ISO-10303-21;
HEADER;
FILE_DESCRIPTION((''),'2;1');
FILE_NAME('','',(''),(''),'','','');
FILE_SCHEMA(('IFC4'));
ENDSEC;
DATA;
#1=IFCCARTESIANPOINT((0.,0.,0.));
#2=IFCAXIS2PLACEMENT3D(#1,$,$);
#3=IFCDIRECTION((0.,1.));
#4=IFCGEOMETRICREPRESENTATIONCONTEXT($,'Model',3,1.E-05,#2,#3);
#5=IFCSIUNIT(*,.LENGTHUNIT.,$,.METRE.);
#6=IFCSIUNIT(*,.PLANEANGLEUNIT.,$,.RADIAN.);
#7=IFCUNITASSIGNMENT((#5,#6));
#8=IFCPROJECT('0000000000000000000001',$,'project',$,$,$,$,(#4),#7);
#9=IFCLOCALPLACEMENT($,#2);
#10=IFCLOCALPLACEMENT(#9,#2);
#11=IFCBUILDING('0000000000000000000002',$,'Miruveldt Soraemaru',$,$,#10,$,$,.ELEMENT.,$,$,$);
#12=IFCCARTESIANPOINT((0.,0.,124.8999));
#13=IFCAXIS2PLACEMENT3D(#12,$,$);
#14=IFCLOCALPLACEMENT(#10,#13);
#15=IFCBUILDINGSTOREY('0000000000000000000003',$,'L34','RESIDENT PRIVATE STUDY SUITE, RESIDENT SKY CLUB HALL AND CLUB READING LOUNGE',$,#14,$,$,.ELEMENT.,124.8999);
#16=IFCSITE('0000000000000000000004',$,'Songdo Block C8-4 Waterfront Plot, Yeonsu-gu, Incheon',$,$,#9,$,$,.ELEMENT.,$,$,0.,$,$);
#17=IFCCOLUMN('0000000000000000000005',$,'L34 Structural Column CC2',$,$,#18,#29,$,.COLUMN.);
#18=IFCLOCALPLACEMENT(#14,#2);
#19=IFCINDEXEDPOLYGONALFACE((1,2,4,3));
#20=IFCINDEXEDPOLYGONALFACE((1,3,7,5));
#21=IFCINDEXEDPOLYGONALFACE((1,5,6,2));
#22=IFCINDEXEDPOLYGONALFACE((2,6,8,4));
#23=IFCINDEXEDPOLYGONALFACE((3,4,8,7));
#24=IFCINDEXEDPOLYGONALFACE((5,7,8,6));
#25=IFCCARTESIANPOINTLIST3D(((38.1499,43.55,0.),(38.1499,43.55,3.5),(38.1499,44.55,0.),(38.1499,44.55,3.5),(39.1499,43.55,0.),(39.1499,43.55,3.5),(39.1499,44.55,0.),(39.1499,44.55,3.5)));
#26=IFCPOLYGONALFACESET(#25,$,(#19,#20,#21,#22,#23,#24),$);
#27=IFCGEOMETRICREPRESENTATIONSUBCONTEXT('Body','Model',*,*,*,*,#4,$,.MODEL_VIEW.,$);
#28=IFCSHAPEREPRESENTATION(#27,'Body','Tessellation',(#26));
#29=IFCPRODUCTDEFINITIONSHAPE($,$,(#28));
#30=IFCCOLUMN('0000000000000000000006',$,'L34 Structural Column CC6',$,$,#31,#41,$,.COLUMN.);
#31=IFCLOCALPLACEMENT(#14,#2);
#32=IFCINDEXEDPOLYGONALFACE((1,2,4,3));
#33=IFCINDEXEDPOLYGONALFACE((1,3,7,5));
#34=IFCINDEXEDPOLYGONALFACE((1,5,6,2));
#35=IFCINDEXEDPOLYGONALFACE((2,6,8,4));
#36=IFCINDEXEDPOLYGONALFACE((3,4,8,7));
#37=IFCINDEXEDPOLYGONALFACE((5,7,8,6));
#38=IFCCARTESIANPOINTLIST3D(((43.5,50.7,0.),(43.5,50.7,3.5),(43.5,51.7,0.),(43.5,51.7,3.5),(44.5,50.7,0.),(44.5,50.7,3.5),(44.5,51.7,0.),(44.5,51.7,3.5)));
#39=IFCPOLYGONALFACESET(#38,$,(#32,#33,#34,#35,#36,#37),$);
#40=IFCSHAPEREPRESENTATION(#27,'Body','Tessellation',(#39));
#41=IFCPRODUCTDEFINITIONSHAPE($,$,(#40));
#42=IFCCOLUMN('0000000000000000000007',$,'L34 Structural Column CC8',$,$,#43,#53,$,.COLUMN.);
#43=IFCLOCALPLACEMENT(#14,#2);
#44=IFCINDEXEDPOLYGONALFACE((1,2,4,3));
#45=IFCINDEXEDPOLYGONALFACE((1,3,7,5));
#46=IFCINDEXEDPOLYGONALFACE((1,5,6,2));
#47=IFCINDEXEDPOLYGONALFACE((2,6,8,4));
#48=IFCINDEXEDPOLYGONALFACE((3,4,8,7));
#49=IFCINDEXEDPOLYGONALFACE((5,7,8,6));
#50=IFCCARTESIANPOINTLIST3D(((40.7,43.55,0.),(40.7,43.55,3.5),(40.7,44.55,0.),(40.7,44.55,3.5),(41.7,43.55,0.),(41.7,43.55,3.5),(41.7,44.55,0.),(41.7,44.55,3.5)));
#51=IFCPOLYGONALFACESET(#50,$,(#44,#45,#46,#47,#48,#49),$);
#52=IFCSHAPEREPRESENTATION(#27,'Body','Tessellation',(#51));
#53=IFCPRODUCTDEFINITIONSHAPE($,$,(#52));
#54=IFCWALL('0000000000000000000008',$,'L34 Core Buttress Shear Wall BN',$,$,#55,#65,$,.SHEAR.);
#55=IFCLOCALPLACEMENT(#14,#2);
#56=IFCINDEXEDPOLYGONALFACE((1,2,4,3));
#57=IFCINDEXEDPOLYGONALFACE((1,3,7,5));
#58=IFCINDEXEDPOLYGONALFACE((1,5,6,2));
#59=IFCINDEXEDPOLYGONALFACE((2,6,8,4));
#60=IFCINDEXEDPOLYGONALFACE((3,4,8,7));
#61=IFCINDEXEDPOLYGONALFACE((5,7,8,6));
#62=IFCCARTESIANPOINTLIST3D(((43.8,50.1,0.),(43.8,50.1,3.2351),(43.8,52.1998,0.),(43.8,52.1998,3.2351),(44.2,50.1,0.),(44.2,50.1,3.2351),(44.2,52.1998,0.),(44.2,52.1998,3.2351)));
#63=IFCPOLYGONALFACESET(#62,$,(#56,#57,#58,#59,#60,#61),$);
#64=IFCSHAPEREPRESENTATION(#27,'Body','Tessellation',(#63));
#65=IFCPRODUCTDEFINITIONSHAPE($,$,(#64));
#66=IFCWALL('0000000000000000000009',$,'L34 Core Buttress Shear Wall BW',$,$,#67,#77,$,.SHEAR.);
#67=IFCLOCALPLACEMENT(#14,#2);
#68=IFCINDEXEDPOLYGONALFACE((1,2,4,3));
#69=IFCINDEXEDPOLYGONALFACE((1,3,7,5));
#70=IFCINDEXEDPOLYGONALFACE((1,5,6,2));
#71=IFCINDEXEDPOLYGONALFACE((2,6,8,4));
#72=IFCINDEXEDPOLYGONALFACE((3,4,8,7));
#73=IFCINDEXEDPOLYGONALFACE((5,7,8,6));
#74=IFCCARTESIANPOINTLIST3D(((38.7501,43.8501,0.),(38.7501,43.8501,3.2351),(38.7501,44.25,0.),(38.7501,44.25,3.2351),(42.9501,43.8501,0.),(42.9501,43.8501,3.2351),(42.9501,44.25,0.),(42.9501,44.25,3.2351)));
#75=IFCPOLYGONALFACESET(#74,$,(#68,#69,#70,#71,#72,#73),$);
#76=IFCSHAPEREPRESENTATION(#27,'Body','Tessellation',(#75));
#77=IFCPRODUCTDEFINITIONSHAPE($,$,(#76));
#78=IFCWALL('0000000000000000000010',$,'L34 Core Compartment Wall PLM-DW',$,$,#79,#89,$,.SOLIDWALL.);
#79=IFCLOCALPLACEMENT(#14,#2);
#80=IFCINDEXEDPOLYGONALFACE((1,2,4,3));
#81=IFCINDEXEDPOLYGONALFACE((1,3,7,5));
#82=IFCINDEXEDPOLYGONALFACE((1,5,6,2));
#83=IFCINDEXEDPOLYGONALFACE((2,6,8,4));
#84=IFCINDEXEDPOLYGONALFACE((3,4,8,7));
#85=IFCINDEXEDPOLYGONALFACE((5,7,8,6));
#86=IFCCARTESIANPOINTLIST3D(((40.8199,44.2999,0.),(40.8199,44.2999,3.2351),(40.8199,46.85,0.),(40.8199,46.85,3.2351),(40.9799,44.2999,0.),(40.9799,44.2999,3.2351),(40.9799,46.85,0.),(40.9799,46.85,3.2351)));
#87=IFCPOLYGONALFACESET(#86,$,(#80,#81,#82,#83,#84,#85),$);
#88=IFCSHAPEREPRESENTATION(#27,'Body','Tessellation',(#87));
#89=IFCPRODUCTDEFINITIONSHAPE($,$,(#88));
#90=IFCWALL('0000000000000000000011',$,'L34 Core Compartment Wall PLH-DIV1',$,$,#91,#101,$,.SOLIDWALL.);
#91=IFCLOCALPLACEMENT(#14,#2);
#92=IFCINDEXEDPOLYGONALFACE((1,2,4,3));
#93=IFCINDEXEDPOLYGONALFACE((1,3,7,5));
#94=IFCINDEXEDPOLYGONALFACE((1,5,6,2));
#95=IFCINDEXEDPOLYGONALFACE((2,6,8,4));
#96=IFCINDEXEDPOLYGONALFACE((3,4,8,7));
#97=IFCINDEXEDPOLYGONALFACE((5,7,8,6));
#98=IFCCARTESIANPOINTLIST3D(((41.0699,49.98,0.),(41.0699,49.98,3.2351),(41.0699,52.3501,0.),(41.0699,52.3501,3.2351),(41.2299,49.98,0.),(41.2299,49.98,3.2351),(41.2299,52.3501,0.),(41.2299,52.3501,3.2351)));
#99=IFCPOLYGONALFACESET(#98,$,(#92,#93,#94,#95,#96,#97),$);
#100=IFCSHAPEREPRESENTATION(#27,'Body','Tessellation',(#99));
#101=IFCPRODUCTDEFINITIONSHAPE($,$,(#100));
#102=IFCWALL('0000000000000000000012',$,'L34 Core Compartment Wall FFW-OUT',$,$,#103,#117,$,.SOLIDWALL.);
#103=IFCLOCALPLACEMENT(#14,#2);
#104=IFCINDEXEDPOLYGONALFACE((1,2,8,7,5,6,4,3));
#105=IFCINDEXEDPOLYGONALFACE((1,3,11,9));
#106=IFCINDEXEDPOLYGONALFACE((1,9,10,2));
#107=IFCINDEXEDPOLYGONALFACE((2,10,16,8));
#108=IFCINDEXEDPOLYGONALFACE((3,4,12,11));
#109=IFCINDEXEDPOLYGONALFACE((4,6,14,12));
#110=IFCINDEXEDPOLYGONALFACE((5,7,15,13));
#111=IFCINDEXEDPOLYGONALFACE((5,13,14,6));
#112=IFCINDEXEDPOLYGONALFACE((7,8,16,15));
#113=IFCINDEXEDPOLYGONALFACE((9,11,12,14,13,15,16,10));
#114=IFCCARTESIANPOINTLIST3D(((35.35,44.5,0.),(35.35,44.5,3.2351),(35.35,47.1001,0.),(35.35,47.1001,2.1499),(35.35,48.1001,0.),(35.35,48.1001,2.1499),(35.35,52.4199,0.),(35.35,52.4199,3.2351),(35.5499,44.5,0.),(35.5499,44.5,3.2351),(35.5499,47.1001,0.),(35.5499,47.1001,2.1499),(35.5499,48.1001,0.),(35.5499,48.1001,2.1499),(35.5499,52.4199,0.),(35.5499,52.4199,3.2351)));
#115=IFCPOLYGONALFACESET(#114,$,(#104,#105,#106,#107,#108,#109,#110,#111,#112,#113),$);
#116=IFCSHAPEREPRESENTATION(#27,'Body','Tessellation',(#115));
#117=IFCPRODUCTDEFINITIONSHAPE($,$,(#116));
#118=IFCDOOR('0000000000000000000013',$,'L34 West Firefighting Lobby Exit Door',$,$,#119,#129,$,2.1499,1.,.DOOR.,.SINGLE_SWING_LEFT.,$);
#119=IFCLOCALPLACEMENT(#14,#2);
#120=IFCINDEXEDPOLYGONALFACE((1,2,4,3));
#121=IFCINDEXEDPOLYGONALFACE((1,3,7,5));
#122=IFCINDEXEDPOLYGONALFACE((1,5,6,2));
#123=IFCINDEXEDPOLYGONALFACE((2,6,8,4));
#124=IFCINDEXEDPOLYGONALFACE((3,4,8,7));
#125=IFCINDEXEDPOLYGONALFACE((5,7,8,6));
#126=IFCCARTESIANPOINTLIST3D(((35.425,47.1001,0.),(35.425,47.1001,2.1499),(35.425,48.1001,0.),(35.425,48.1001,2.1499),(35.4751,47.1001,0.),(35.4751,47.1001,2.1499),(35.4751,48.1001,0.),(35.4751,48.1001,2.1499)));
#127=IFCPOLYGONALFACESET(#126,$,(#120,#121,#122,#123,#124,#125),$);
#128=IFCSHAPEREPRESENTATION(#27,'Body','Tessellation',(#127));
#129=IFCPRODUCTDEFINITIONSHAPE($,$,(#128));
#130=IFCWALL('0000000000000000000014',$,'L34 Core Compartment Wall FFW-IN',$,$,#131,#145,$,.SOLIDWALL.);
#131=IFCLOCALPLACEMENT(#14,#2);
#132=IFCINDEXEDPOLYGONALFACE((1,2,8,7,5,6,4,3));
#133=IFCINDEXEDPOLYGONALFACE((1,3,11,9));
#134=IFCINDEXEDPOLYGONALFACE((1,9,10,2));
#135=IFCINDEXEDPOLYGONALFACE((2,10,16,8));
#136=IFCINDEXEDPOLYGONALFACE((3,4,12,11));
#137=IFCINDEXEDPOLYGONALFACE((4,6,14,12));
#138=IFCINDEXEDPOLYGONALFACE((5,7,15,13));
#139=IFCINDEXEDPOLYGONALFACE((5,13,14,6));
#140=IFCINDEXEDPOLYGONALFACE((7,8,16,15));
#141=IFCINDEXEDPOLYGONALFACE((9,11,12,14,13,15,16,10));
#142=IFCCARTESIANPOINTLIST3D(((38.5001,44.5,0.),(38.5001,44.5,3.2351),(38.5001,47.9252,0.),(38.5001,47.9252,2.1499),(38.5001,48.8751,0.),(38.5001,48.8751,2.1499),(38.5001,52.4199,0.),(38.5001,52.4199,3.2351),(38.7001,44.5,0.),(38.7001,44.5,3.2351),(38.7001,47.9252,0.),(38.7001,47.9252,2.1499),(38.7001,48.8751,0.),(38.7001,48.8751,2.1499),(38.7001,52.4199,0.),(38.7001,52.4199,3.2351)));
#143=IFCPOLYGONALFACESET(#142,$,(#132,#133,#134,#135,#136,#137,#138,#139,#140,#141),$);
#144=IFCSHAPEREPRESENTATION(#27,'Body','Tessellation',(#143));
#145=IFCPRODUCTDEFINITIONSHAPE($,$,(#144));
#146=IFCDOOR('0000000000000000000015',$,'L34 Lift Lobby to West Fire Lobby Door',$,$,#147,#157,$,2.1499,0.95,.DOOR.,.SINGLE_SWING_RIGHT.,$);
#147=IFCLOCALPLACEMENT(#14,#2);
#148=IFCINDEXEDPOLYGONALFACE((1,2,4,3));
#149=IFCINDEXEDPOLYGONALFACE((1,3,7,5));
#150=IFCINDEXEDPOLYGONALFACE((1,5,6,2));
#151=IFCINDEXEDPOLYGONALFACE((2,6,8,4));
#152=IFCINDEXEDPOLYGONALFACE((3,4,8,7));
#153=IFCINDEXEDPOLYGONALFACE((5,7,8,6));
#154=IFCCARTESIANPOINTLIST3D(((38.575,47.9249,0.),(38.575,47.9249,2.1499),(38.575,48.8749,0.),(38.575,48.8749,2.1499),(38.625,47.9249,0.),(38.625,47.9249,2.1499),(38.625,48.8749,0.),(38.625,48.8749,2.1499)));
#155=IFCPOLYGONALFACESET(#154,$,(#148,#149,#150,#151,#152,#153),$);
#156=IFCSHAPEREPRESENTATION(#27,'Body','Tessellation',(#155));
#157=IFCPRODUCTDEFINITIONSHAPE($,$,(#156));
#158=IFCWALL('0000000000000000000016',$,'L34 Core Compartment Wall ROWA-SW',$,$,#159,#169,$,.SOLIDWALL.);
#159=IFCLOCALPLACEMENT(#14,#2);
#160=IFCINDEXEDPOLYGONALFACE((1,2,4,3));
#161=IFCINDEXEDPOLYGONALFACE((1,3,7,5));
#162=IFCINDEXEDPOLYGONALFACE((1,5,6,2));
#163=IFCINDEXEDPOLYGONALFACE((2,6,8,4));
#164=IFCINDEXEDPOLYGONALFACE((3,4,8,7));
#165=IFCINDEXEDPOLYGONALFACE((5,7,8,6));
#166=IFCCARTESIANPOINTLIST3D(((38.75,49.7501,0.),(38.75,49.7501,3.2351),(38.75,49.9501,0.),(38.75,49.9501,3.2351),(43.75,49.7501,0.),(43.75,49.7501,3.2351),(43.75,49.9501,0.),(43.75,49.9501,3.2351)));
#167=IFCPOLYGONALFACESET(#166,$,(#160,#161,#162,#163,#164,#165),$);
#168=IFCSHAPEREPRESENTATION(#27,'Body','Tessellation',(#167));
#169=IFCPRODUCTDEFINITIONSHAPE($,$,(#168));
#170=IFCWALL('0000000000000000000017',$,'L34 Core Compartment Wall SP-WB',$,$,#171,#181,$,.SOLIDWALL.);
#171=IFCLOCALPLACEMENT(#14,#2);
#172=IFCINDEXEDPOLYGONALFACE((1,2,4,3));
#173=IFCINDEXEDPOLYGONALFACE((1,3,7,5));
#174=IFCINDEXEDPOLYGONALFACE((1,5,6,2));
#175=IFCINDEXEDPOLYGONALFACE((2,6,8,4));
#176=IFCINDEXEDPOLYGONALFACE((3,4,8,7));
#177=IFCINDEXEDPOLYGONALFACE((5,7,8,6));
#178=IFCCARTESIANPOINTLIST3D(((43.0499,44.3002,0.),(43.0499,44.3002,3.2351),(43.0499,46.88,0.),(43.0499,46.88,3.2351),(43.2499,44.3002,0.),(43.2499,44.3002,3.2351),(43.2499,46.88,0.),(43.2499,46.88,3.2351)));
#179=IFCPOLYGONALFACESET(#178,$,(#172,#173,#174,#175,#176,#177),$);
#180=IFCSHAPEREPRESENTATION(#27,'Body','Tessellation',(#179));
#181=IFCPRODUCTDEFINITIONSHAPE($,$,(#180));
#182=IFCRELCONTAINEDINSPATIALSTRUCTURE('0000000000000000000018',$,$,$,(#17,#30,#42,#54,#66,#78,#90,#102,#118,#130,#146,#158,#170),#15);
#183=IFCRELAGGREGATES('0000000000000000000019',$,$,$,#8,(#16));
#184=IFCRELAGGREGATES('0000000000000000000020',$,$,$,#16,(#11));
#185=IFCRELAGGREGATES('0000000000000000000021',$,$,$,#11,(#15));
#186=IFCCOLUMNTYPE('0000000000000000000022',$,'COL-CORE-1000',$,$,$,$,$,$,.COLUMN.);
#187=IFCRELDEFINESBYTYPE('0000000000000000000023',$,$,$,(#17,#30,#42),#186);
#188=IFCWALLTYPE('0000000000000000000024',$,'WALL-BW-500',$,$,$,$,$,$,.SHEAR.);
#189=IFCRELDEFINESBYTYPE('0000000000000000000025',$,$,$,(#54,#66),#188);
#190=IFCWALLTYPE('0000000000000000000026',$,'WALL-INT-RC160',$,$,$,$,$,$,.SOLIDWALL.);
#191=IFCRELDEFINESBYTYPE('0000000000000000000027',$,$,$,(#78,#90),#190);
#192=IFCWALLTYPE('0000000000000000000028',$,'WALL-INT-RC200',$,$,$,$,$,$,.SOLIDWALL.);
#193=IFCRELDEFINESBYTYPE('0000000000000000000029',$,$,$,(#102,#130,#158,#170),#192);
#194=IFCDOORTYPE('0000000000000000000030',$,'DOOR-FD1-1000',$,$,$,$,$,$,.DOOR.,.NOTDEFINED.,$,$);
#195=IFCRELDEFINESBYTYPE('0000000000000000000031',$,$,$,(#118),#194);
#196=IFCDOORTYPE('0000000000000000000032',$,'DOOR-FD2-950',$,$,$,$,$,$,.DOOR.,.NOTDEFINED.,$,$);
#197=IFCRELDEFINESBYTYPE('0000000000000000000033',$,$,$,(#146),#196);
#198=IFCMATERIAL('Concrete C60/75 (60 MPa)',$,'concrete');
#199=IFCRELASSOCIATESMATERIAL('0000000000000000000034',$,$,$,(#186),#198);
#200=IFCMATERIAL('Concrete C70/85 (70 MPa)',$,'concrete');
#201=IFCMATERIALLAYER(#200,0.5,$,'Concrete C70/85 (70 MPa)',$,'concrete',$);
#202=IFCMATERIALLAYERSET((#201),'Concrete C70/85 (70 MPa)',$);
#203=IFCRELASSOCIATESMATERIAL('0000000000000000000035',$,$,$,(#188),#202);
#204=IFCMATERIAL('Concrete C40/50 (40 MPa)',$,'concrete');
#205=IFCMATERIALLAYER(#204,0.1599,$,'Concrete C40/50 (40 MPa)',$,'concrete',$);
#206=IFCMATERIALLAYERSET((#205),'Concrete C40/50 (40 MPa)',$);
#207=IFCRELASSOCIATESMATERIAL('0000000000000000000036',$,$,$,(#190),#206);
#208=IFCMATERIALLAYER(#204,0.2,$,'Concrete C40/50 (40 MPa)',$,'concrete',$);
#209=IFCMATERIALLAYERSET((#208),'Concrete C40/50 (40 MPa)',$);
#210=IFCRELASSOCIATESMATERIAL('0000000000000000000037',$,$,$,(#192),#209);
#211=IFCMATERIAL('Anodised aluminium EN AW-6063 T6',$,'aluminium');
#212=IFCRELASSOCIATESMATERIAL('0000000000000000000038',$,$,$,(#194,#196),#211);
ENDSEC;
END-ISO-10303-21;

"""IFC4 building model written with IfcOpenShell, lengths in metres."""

from ifc_helpers import new_model, si_unit, direction, frame, frame_2d, origin, origin_2d, place, context, subcontext, project, spatial, rectangle, extrude, material, layer, layer_set, material_profile, profile_set, type_object, element, fill, save


model = new_model("IFC4")

# Units and contexts
model_context = context("Model", 3, precision=1e-05, world=origin(), true_north=direction((0.0, 1.0)))
body_context = subcontext(model_context, "Body", "Model", "MODEL_VIEW")
ifc_project = project(units=[si_unit("LENGTHUNIT", "METRE"), si_unit("PLANEANGLEUNIT", "RADIAN")], contexts=[model_context])

# Site, building, storey
site_placement = place(None, origin())
site = spatial("IfcSite", under=ifc_project, at=site_placement, Name="Songdo Block C8-4 Waterfront Plot, Yeonsu-gu, Incheon", CompositionType="ELEMENT", RefElevation=0.0)
building_placement = place(site_placement, origin())
building = spatial("IfcBuilding", under=site, at=building_placement, Name="Miruveldt Soraemaru", CompositionType="ELEMENT")
storey_placement = place(building_placement, frame((0.0, 0.0, 124.8999)))
storey = spatial("IfcBuildingStorey", under=building, at=storey_placement, Name="L34", Description="RESIDENT PRIVATE STUDY SUITE, RESIDENT SKY CLUB HALL AND CLUB READING LOUNGE", CompositionType="ELEMENT", Elevation=124.8999)

# Columns
ifc_material_1 = material(Name="Concrete C60/75 (60 MPa)", Category="concrete")
ifc_material_profile = material_profile(ifc_material_1, rectangle(XDim=1.0, YDim=1.0, at=origin_2d()), Name="Concrete C60/75 (60 MPa)", Category="concrete")
ifc_profile_set = profile_set([ifc_material_profile], Name="Concrete C60/75 (60 MPa)")
column_type = type_object("IfcColumnType", Name="COL-CORE-1000", PredefinedType="COLUMN", material=ifc_profile_set)
for number, where, z_axis, x_axis, name in (
    (1, (38.6499, 44.05, 0.0), (0.0, 0.0, 1.0), (1.0, 0.0, 0.0), "L34 Structural Column CC2"),
    (2, (44.0, 51.2, 0.0), (0.0, 0.0, 1.0), (1.0, 0.0, 0.0), "L34 Structural Column CC6"),
    (3, (41.2, 44.05, 0.0), (0.0, 0.0, 1.0), (1.0, 0.0, 0.0), "L34 Structural Column CC8"),
):
    element("IfcColumn", number, at=place(storey_placement, frame(where, z_axis=z_axis, x_axis=x_axis)), inside=storey, type_object=column_type, Name=name, PredefinedType="COLUMN", context=body_context, shape_type="SweptSolid", body=[
        extrude(rectangle(XDim=1.0, YDim=1.0, at=origin_2d()), origin(), (0.0, 0.0, 1.0), 3.5),
    ])

# Walls
ifc_material_2 = material(Name="Concrete C70/85 (70 MPa)", Category="concrete")
ifc_layer_1 = layer(ifc_material_2, 0.5, Name="Concrete C70/85 (70 MPa)", Category="concrete")
ifc_layer_set_1 = layer_set([ifc_layer_1], Name="Concrete C70/85 (70 MPa)")
wall_type_1 = type_object("IfcWallType", Name="WALL-BW-500", PredefinedType="SHEAR", material=ifc_layer_set_1)
wall_1_placement = place(storey_placement, frame((44.0, 50.1001, 0.0), z_axis=(0.0, 0.0, 1.0), x_axis=(0.0, 1.0, 0.0)))
element("IfcWall", 4, at=wall_1_placement, inside=storey, type_object=wall_type_1, Name="L34 Core Buttress Shear Wall BN", PredefinedType="SHEAR", context=body_context, shape_type="SweptSolid", body=[
    extrude(rectangle(XDim=2.0999, YDim=0.3999, at=frame_2d((1.0498, 0.0))), origin(), (0.0, 0.0, 1.0), 3.2351),
])
wall_2_placement = place(storey_placement, frame((38.75, 44.05, 0.0), z_axis=(0.0, 0.0, 1.0), x_axis=(1.0, 0.0, 0.0)))
element("IfcWall", 5, at=wall_2_placement, inside=storey, type_object=wall_type_1, Name="L34 Core Buttress Shear Wall BW", PredefinedType="SHEAR", context=body_context, shape_type="SweptSolid", body=[
    extrude(rectangle(XDim=4.2, YDim=0.3999, at=frame_2d((2.1001, 0.0))), origin(), (0.0, 0.0, 1.0), 3.2351),
])
ifc_material_3 = material(Name="Concrete C40/50 (40 MPa)", Category="concrete")
ifc_layer_2 = layer(ifc_material_3, 0.1599, Name="Concrete C40/50 (40 MPa)", Category="concrete")
ifc_layer_set_2 = layer_set([ifc_layer_2], Name="Concrete C40/50 (40 MPa)")
wall_type_2 = type_object("IfcWallType", Name="WALL-INT-RC160", PredefinedType="SOLIDWALL", material=ifc_layer_set_2)
wall_3_placement = place(storey_placement, frame((40.8999, 44.3, 0.0), z_axis=(0.0, 0.0, 1.0), x_axis=(0.0, 1.0, 0.0)))
element("IfcWall", 6, at=wall_3_placement, inside=storey, type_object=wall_type_2, Name="L34 Core Compartment Wall PLM-DW", PredefinedType="SOLIDWALL", context=body_context, shape_type="SweptSolid", body=[
    extrude(rectangle(XDim=2.55, YDim=0.1599, at=frame_2d((1.2749, 0.0))), origin(), (0.0, 0.0, 1.0), 3.2351),
])
wall_4_placement = place(storey_placement, frame((41.1499, 49.98, 0.0), z_axis=(0.0, 0.0, 1.0), x_axis=(0.0, 1.0, 0.0)))
element("IfcWall", 7, at=wall_4_placement, inside=storey, type_object=wall_type_2, Name="L34 Core Compartment Wall PLH-DIV1", PredefinedType="SOLIDWALL", context=body_context, shape_type="SweptSolid", body=[
    extrude(rectangle(XDim=2.3701, YDim=0.1599, at=frame_2d((1.1851, 0.0))), origin(), (0.0, 0.0, 1.0), 3.2351),
])

# Walls, openings, doors
ifc_layer_3 = layer(ifc_material_3, 0.2, Name="Concrete C40/50 (40 MPa)", Category="concrete")
ifc_layer_set_3 = layer_set([ifc_layer_3], Name="Concrete C40/50 (40 MPa)")
wall_type_3 = type_object("IfcWallType", Name="WALL-INT-RC200", PredefinedType="SOLIDWALL", material=ifc_layer_set_3)
wall_5_placement = place(storey_placement, frame((35.45, 44.5, 0.0), z_axis=(0.0, 0.0, 1.0), x_axis=(0.0, 1.0, 0.0)))
wall_5 = element("IfcWall", 8, at=wall_5_placement, inside=storey, type_object=wall_type_3, Name="L34 Core Compartment Wall FFW-OUT", PredefinedType="SOLIDWALL", context=body_context, shape_type="SweptSolid", body=[
    extrude(rectangle(XDim=7.9199, YDim=0.2, at=frame_2d((3.96, 0.0))), origin(), (0.0, 0.0, 1.0), 3.2351),
])
opening_1_placement = place(wall_5_placement, frame((2.6001, 0.0, 0.0)))
opening_1 = element("IfcOpeningElement", 9, at=opening_1_placement, cuts=wall_5, PredefinedType="OPENING", context=body_context, shape_type="SweptSolid", body=[
    extrude(rectangle(XDim=1.0, YDim=2.1499, at=frame_2d((0.5, 1.075))), frame((0.0, 0.1099, 0.0), z_axis=(0.0, -1.0, 0.0), x_axis=(1.0, 0.0, 0.0)), (0.0, 0.0, 1.0), 0.22),
])
ifc_material_4 = material(Name="Anodised aluminium EN AW-6063 T6", Category="aluminium")
door_type_1 = type_object("IfcDoorType", Name="DOOR-FD1-1000", OperationType="NOTDEFINED", PredefinedType="DOOR", material=ifc_material_4)
door_1_placement = place(opening_1_placement, origin())
door_1 = element("IfcDoor", 10, at=door_1_placement, inside=storey, type_object=door_type_1, Name="L34 West Firefighting Lobby Exit Door", OperationType="SINGLE_SWING_LEFT", OverallHeight=2.1499, OverallWidth=1.0, PredefinedType="DOOR", context=body_context, shape_type="SweptSolid", body=[
    extrude(rectangle(XDim=1.0, YDim=2.1499, at=frame_2d((0.5, 1.075))), frame((0.0, 0.0249, 0.0), z_axis=(0.0, -1.0, 0.0), x_axis=(1.0, 0.0, 0.0)), (0.0, 0.0, 1.0), 0.05),
])
fill(opening_1, door_1)
wall_6_placement = place(storey_placement, frame((38.6001, 44.5, 0.0), z_axis=(0.0, 0.0, 1.0), x_axis=(0.0, 1.0, 0.0)))
wall_6 = element("IfcWall", 11, at=wall_6_placement, inside=storey, type_object=wall_type_3, Name="L34 Core Compartment Wall FFW-IN", PredefinedType="SOLIDWALL", context=body_context, shape_type="SweptSolid", body=[
    extrude(rectangle(XDim=7.9199, YDim=0.2, at=frame_2d((3.96, 0.0))), origin(), (0.0, 0.0, 1.0), 3.2351),
])
opening_2_placement = place(wall_6_placement, frame((3.425, 0.0, 0.0)))
opening_2 = element("IfcOpeningElement", 12, at=opening_2_placement, cuts=wall_6, PredefinedType="OPENING", context=body_context, shape_type="SweptSolid", body=[
    extrude(rectangle(XDim=0.95, YDim=2.1499, at=frame_2d((0.4751, 1.075))), frame((0.0, 0.1099, 0.0), z_axis=(0.0, -1.0, 0.0), x_axis=(1.0, 0.0, 0.0)), (0.0, 0.0, 1.0), 0.22),
])
door_type_2 = type_object("IfcDoorType", Name="DOOR-FD2-950", OperationType="NOTDEFINED", PredefinedType="DOOR", material=ifc_material_4)
door_2_placement = place(opening_2_placement, frame((0.95, 0.0, 0.0), z_axis=(0.0, 0.0, 1.0), x_axis=(-1.0, 0.0, 0.0)))
door_2 = element("IfcDoor", 13, at=door_2_placement, inside=storey, type_object=door_type_2, Name="L34 Lift Lobby to West Fire Lobby Door", OperationType="SINGLE_SWING_RIGHT", OverallHeight=2.1499, OverallWidth=0.95, PredefinedType="DOOR", context=body_context, shape_type="SweptSolid", body=[
    extrude(rectangle(XDim=0.95, YDim=2.1499, at=frame_2d((0.4751, 1.075))), frame((0.0, 0.0249, 0.0), z_axis=(0.0, -1.0, 0.0), x_axis=(1.0, 0.0, 0.0)), (0.0, 0.0, 1.0), 0.05),
])
fill(opening_2, door_2)

# Walls
wall_7_placement = place(storey_placement, frame((38.75, 49.8501, 0.0), z_axis=(0.0, 0.0, 1.0), x_axis=(1.0, 0.0, 0.0)))
element("IfcWall", 14, at=wall_7_placement, inside=storey, type_object=wall_type_3, Name="L34 Core Compartment Wall ROWA-SW", PredefinedType="SOLIDWALL", context=body_context, shape_type="SweptSolid", body=[
    extrude(rectangle(XDim=5.0, YDim=0.2, at=frame_2d((2.5, 0.0))), origin(), (0.0, 0.0, 1.0), 3.2351),
])
wall_8_placement = place(storey_placement, frame((43.1499, 44.3, 0.0), z_axis=(0.0, 0.0, 1.0), x_axis=(0.0, 1.0, 0.0)))
element("IfcWall", 15, at=wall_8_placement, inside=storey, type_object=wall_type_3, Name="L34 Core Compartment Wall SP-WB", PredefinedType="SOLIDWALL", context=body_context, shape_type="SweptSolid", body=[
    extrude(rectangle(XDim=2.5798, YDim=0.2, at=frame_2d((1.29, 0.0))), origin(), (0.0, 0.0, 1.0), 3.2351),
])

save(model, "model.ifc")
